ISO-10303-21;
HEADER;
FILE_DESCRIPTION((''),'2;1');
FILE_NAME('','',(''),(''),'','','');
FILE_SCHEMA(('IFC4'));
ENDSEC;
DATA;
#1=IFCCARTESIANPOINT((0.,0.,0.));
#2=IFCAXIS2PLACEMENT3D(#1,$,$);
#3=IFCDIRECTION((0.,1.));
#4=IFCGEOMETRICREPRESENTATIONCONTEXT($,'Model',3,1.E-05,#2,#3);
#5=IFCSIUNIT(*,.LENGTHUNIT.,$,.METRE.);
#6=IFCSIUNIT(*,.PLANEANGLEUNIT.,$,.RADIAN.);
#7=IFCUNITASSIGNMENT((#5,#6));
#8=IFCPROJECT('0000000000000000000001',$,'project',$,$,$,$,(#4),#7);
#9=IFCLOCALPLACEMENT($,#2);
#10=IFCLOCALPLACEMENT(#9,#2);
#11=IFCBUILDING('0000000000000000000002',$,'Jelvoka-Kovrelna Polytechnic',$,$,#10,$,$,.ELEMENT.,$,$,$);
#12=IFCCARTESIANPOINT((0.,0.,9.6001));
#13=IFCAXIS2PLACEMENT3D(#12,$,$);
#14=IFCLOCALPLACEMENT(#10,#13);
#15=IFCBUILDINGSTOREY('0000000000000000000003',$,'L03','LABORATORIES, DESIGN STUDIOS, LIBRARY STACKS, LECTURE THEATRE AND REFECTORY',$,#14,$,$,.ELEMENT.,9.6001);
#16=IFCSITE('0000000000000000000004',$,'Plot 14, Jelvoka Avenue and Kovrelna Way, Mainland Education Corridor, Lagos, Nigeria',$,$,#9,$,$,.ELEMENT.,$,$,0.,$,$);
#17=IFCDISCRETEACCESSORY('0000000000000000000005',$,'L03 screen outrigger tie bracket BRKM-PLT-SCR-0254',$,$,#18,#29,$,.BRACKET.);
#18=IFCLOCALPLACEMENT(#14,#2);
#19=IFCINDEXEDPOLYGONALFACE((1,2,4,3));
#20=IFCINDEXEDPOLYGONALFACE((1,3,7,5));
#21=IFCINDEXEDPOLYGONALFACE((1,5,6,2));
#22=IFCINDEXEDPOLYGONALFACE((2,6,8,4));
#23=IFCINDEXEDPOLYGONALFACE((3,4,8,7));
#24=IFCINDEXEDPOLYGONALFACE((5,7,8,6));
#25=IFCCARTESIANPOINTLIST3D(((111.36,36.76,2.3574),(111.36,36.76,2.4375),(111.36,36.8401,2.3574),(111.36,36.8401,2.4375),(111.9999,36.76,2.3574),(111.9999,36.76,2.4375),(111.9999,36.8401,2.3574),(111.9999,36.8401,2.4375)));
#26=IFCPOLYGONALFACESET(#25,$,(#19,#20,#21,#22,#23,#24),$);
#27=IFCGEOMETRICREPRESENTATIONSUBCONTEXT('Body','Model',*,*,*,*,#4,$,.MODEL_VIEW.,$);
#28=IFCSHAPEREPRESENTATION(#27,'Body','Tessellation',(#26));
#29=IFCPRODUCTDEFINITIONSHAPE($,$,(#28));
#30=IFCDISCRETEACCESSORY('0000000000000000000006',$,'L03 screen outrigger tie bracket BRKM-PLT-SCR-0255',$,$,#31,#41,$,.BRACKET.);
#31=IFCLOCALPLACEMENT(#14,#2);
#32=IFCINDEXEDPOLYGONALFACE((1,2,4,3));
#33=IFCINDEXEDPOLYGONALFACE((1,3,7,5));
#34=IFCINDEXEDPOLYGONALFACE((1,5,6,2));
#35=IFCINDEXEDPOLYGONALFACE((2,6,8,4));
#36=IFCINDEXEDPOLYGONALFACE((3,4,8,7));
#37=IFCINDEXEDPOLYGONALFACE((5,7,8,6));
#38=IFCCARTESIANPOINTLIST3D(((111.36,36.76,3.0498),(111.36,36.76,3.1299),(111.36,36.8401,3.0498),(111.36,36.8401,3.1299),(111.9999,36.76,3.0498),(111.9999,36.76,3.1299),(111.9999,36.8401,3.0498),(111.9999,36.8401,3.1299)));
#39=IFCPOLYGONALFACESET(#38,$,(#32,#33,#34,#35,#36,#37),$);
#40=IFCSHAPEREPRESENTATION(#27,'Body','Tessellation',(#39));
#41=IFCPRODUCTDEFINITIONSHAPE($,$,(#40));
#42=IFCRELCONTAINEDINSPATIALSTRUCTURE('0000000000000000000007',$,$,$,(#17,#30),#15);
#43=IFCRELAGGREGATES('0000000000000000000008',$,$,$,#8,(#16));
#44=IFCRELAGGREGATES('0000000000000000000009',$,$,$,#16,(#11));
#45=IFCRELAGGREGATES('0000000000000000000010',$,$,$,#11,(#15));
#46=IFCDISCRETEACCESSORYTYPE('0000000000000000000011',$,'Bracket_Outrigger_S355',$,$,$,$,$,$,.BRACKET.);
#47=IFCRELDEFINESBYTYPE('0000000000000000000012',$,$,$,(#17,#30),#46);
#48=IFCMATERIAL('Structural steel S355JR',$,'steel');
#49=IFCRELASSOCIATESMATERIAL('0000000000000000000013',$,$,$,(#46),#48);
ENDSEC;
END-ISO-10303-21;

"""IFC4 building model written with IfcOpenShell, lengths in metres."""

from ifc_helpers import new_model, si_unit, direction, frame, origin, origin_2d, place, context, subcontext, project, spatial, rectangle, extrude, material, type_object, element, save


model = new_model("IFC4")

# Units and contexts
model_context = context("Model", 3, precision=1e-05, world=origin(), true_north=direction((0.0, 1.0)))
body_context = subcontext(model_context, "Body", "Model", "MODEL_VIEW")
ifc_project = project(units=[si_unit("LENGTHUNIT", "METRE"), si_unit("PLANEANGLEUNIT", "RADIAN")], contexts=[model_context])

# Site, building, storey
site_placement = place(None, origin())
site = spatial("IfcSite", under=ifc_project, at=site_placement, Name="Plot 14, Jelvoka Avenue and Kovrelna Way, Mainland Education Corridor, Lagos, Nigeria", CompositionType="ELEMENT", RefElevation=0.0)
building_placement = place(site_placement, origin())
building = spatial("IfcBuilding", under=site, at=building_placement, Name="Jelvoka-Kovrelna Polytechnic", CompositionType="ELEMENT")
storey_placement = place(building_placement, frame((0.0, 0.0, 9.6001)))
storey = spatial("IfcBuildingStorey", under=building, at=storey_placement, Name="L03", Description="LABORATORIES, DESIGN STUDIOS, LIBRARY STACKS, LECTURE THEATRE AND REFECTORY", CompositionType="ELEMENT", Elevation=9.6001)

# Discrete accessories
ifc_material_1 = material(Name="Structural steel S355JR", Category="steel")
discrete_accessory_type = type_object("IfcDiscreteAccessoryType", Name="Bracket_Outrigger_S355", PredefinedType="BRACKET", material=ifc_material_1)
for number, where, z_axis, x_axis, name in (
    (1, (111.6799, 36.8, 2.3574), (0.0, 0.0, 1.0), (1.0, 0.0, 0.0), "L03 screen outrigger tie bracket BRKM-PLT-SCR-0254"),
    (2, (111.6799, 36.8, 3.0498), (0.0, 0.0, 1.0), (1.0, 0.0, 0.0), "L03 screen outrigger tie bracket BRKM-PLT-SCR-0255"),
):
    element("IfcDiscreteAccessory", number, at=place(storey_placement, frame(where, z_axis=z_axis, x_axis=x_axis)), inside=storey, type_object=discrete_accessory_type, Name=name, PredefinedType="BRACKET", context=body_context, shape_type="SweptSolid", body=[
        extrude(rectangle(XDim=0.6399, YDim=0.0801, at=origin_2d()), origin(), (0.0, 0.0, 1.0), 0.0801),
    ])

save(model, "model.ifc")
